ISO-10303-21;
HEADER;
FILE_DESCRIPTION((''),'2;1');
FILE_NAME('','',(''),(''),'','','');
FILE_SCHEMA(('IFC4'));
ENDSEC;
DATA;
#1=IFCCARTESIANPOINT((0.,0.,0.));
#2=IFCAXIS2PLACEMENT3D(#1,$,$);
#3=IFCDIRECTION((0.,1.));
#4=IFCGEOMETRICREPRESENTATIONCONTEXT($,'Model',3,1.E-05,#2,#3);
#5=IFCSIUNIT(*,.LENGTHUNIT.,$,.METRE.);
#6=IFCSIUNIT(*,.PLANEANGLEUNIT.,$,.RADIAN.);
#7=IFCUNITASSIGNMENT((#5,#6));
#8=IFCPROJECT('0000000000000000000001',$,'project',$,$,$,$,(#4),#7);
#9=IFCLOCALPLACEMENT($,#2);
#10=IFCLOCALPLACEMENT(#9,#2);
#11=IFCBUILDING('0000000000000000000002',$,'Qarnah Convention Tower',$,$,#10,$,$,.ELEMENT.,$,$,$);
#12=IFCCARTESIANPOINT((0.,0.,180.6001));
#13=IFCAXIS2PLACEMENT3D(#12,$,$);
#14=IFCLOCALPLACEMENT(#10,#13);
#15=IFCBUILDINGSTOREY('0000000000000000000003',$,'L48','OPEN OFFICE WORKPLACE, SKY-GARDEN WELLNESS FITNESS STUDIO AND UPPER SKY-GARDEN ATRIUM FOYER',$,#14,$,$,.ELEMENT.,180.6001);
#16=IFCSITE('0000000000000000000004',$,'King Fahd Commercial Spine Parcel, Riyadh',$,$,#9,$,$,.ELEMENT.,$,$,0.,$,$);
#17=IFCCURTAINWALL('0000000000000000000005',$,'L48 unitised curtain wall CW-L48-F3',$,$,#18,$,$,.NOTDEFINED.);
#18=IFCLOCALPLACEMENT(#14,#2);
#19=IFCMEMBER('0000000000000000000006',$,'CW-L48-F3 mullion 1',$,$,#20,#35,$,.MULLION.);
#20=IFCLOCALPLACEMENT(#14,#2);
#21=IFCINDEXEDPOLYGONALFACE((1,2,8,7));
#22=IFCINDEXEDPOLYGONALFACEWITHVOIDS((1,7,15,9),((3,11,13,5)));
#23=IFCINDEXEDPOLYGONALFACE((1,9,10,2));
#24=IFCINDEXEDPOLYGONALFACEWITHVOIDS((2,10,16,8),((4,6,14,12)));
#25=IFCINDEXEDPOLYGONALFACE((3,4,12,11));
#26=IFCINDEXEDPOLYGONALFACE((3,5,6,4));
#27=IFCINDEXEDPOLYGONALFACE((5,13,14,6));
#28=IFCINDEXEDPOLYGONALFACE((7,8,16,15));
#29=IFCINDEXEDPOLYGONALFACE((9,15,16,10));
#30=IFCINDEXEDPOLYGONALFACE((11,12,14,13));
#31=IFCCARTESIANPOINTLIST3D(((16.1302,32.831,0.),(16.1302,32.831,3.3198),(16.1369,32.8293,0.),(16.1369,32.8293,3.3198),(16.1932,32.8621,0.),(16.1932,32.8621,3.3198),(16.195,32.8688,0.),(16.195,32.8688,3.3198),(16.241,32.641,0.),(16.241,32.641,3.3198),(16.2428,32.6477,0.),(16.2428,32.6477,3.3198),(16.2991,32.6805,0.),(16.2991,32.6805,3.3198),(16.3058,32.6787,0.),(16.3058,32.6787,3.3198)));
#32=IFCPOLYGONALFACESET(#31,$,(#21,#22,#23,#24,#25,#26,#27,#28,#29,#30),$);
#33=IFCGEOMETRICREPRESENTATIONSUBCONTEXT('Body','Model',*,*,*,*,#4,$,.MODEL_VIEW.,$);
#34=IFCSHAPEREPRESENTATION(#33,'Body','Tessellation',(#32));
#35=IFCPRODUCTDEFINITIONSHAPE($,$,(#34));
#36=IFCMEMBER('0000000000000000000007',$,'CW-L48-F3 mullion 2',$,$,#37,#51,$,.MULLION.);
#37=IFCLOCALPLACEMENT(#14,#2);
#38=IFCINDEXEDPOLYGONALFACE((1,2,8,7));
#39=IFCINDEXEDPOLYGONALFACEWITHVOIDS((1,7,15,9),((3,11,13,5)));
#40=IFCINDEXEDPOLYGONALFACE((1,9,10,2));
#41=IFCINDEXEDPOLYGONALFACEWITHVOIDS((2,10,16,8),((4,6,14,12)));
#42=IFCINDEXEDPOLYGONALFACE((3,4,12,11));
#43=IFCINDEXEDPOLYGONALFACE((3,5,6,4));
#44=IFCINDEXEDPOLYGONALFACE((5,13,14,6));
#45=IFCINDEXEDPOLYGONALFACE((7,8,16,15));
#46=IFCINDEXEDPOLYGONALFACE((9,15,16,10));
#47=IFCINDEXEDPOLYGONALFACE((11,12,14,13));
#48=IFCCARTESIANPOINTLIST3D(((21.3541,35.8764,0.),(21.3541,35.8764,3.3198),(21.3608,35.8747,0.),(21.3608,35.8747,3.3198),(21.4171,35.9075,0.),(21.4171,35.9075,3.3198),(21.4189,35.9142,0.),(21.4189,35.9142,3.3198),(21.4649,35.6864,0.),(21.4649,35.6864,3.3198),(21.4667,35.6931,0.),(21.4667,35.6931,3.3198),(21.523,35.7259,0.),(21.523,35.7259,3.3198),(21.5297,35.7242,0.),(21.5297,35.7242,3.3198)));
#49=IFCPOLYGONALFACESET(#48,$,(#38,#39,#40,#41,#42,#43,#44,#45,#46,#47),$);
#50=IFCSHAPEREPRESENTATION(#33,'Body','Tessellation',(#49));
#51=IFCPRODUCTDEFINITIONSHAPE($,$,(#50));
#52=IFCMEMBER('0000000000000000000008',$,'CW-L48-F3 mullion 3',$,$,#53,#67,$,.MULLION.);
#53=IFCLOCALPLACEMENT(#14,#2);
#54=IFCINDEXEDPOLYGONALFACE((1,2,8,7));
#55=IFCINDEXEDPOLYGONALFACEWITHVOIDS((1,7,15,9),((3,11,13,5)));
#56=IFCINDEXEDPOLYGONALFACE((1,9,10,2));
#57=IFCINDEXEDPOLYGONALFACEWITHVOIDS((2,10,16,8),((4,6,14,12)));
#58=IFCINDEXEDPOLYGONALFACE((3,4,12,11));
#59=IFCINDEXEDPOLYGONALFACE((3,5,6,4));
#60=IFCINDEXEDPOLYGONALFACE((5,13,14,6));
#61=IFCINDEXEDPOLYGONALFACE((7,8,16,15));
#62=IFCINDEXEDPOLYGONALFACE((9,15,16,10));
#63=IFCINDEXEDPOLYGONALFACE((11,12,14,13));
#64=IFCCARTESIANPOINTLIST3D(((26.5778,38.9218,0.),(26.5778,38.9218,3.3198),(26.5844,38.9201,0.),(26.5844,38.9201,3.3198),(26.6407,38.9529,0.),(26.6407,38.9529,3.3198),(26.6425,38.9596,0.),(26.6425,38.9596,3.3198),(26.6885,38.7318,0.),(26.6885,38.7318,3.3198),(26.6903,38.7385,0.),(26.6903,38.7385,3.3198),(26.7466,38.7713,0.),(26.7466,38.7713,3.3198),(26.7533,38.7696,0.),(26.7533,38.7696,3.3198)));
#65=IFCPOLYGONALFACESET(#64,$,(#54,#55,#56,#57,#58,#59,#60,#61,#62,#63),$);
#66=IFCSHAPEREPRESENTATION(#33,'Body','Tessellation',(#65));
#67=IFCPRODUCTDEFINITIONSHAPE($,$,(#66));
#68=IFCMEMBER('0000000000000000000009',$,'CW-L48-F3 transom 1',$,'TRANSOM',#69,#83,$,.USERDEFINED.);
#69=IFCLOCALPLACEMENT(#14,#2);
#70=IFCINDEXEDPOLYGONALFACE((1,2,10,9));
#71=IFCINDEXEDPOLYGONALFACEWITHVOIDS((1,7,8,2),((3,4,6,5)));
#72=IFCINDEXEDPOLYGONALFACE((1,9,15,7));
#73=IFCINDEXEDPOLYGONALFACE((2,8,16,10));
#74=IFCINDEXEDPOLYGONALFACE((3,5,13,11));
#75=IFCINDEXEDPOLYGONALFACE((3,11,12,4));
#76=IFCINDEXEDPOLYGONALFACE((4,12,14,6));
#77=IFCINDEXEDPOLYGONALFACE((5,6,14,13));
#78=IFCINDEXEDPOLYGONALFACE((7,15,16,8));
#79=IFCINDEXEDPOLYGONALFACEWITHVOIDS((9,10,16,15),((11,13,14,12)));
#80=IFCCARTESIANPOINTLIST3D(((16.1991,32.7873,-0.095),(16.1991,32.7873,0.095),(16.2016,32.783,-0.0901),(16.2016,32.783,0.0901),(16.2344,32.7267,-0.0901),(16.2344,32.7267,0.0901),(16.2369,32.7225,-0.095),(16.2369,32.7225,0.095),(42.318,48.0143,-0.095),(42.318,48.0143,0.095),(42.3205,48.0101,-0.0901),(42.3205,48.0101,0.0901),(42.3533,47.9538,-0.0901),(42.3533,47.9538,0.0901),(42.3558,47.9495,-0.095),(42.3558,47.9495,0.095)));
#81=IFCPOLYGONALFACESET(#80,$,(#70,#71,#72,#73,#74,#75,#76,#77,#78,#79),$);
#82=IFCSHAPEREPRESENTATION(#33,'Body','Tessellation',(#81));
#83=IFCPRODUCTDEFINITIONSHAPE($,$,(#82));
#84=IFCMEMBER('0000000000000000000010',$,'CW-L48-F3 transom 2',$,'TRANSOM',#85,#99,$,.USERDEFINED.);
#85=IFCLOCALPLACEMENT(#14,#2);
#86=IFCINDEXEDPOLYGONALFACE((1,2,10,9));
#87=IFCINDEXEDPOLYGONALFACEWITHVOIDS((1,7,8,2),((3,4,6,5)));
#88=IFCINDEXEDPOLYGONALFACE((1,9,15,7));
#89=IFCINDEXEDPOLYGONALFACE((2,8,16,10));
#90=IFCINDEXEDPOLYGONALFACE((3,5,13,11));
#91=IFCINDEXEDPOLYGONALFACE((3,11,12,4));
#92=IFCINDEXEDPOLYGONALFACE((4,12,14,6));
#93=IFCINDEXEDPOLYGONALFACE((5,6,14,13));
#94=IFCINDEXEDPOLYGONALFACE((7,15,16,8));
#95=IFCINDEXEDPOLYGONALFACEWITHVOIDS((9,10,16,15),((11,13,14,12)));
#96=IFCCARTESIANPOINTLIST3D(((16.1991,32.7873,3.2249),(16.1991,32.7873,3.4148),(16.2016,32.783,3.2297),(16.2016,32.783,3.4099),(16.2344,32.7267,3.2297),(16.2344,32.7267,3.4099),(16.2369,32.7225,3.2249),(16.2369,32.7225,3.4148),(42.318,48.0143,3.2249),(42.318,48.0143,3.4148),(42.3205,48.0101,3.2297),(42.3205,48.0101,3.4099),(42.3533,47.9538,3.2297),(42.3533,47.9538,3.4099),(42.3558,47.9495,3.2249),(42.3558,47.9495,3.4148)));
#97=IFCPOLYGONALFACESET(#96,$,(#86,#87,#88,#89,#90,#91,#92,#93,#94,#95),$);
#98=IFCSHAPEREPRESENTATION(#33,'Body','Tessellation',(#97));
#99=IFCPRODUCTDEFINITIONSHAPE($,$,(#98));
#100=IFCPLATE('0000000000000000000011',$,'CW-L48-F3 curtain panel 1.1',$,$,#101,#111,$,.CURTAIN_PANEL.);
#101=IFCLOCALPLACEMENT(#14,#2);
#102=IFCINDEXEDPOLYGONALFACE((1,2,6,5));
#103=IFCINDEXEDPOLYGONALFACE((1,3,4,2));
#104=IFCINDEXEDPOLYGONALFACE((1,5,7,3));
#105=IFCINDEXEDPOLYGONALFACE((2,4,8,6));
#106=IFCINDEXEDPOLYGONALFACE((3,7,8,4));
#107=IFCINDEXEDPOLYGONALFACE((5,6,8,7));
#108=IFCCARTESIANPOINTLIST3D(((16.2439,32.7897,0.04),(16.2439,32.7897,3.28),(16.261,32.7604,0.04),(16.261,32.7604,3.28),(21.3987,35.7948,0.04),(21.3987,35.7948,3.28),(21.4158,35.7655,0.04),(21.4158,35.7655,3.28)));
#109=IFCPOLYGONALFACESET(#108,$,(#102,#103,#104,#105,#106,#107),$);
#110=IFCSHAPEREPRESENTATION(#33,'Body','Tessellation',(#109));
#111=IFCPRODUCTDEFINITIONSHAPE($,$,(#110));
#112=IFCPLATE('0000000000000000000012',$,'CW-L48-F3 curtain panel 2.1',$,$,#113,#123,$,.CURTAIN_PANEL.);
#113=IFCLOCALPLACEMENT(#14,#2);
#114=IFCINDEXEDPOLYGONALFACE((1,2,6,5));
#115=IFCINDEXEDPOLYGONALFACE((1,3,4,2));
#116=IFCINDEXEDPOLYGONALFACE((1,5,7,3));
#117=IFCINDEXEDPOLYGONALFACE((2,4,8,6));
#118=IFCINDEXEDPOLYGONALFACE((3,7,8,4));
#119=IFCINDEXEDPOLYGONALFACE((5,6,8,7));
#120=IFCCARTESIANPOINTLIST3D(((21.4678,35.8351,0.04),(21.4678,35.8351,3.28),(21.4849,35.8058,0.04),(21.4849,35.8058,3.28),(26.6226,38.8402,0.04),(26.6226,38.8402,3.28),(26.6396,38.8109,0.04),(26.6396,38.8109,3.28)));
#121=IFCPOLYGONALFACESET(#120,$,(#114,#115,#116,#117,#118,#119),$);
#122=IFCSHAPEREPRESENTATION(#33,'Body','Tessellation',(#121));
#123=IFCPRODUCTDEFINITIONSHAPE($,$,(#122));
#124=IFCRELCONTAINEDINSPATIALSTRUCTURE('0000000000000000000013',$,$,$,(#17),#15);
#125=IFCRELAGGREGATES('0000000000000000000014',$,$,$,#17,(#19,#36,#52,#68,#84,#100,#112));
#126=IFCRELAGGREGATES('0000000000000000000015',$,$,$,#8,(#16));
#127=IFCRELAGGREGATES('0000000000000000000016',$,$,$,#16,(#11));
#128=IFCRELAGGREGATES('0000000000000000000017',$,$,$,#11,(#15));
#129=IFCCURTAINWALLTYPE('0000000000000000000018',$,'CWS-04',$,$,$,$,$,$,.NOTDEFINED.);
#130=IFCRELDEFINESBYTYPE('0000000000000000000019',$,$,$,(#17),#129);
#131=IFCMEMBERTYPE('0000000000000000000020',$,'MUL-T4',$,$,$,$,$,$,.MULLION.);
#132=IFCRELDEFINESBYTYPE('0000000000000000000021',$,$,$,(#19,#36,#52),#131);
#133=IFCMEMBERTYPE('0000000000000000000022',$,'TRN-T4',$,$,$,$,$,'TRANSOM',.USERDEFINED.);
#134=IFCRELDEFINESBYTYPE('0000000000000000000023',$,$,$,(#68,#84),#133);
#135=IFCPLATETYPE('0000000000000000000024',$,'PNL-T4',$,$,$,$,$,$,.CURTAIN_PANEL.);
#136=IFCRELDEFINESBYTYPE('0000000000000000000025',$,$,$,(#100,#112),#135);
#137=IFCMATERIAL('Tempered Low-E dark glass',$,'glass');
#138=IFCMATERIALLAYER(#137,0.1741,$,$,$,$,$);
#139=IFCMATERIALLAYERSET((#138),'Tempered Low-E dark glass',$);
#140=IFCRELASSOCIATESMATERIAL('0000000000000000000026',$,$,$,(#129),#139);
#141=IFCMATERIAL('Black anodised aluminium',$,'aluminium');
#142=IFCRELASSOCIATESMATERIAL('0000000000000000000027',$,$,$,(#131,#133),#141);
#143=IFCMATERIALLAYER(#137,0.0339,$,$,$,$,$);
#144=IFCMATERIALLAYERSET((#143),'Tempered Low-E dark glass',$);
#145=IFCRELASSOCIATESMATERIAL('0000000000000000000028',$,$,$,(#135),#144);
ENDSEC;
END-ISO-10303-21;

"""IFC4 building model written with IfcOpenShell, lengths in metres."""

from ifc_helpers import new_model, si_unit, direction, frame, origin, origin_2d, place, context, subcontext, project, spatial, rectangle, hollow_rectangle, extrude, material, layer, layer_set, material_profile, profile_set, type_object, element, aggregate, save


model = new_model("IFC4")

# Units and contexts
model_context = context("Model", 3, precision=1e-05, world=origin(), true_north=direction((0.0, 1.0)))
body_context = subcontext(model_context, "Body", "Model", "MODEL_VIEW")
ifc_project = project(units=[si_unit("LENGTHUNIT", "METRE"), si_unit("PLANEANGLEUNIT", "RADIAN")], contexts=[model_context])

# Site, building, storey
site_placement = place(None, origin())
site = spatial("IfcSite", under=ifc_project, at=site_placement, Name="King Fahd Commercial Spine Parcel, Riyadh", CompositionType="ELEMENT", RefElevation=0.0)
building_placement = place(site_placement, origin())
building = spatial("IfcBuilding", under=site, at=building_placement, Name="Qarnah Convention Tower", CompositionType="ELEMENT")
storey_placement = place(building_placement, frame((0.0, 0.0, 180.6001)))
storey = spatial("IfcBuildingStorey", under=building, at=storey_placement, Name="L48", Description="OPEN OFFICE WORKPLACE, SKY-GARDEN WELLNESS FITNESS STUDIO AND UPPER SKY-GARDEN ATRIUM FOYER", CompositionType="ELEMENT", Elevation=180.6001)

# Curtain wall, members, plates
ifc_material_1 = material(Name="Tempered Low-E dark glass", Category="glass")
ifc_layer_1 = layer(ifc_material_1, 0.1741)
ifc_layer_set_1 = layer_set([ifc_layer_1], Name="Tempered Low-E dark glass")
curtain_wall_type = type_object("IfcCurtainWallType", Name="CWS-04", PredefinedType="NOTDEFINED", material=ifc_layer_set_1)
curtain_wall_placement = place(storey_placement, origin())
curtain_wall = element("IfcCurtainWall", 1, at=curtain_wall_placement, inside=storey, type_object=curtain_wall_type, Name="L48 unitised curtain wall CW-L48-F3", PredefinedType="NOTDEFINED")
ifc_material_2 = material(Name="Black anodised aluminium", Category="aluminium")
ifc_material_profile_1 = material_profile(ifc_material_2, hollow_rectangle(XDim=0.075, YDim=0.22, WallThickness=0.0049, at=origin_2d()), Name="MUL-75X220")
ifc_profile_set_1 = profile_set([ifc_material_profile_1], Name="Black anodised aluminium")
member_type_1 = type_object("IfcMemberType", Name="MUL-T4", PredefinedType="MULLION", material=ifc_profile_set_1)
member_1_placement = place(storey_placement, frame((16.218, 32.7549, 0.0), z_axis=(0.0, 0.0, 1.0), x_axis=(0.86391, 0.503647, 0.0)))
member_1 = element("IfcMember", 2, at=member_1_placement, type_object=member_type_1, Name="CW-L48-F3 mullion 1", PredefinedType="MULLION", context=body_context, shape_type="SweptSolid", body=[
    extrude(hollow_rectangle(XDim=0.075, YDim=0.22, WallThickness=0.0049, at=origin_2d()), origin(), (0.0, 0.0, 1.0), 3.3198),
])
member_2_placement = place(storey_placement, frame((21.4419, 35.8003, 0.0), z_axis=(0.0, 0.0, 1.0), x_axis=(0.86391, 0.503647, 0.0)))
member_2 = element("IfcMember", 3, at=member_2_placement, type_object=member_type_1, Name="CW-L48-F3 mullion 2", PredefinedType="MULLION", context=body_context, shape_type="SweptSolid", body=[
    extrude(hollow_rectangle(XDim=0.075, YDim=0.22, WallThickness=0.0049, at=origin_2d()), origin(), (0.0, 0.0, 1.0), 3.3198),
])
member_3_placement = place(storey_placement, frame((26.6655, 38.8457, 0.0), z_axis=(0.0, 0.0, 1.0), x_axis=(0.86391, 0.503647, 0.0)))
member_3 = element("IfcMember", 4, at=member_3_placement, type_object=member_type_1, Name="CW-L48-F3 mullion 3", PredefinedType="MULLION", context=body_context, shape_type="SweptSolid", body=[
    extrude(hollow_rectangle(XDim=0.075, YDim=0.22, WallThickness=0.0049, at=origin_2d()), origin(), (0.0, 0.0, 1.0), 3.3198),
])
ifc_material_profile_2 = material_profile(ifc_material_2, hollow_rectangle(XDim=0.075, YDim=0.1899, WallThickness=0.0049, at=origin_2d()), Name="TRN-75X190")
ifc_profile_set_2 = profile_set([ifc_material_profile_2], Name="Black anodised aluminium")
member_type_2 = type_object("IfcMemberType", Name="TRN-T4", ElementType="TRANSOM", PredefinedType="USERDEFINED", material=ifc_profile_set_2)
member_4_placement = place(storey_placement, frame((16.218, 32.7549, 0.0), z_axis=(0.863908, 0.50365, 0.0), x_axis=(-0.50365, 0.863908, 0.0)))
member_4 = element("IfcMember", 5, at=member_4_placement, type_object=member_type_2, Name="CW-L48-F3 transom 1", ObjectType="TRANSOM", PredefinedType="USERDEFINED", context=body_context, shape_type="SweptSolid", body=[
    extrude(hollow_rectangle(XDim=0.075, YDim=0.1899, WallThickness=0.0049, at=origin_2d()), origin(), (0.0, 0.0, 1.0), 30.2334),
])
member_5_placement = place(storey_placement, frame((16.218, 32.7549, 3.3198), z_axis=(0.863908, 0.50365, 0.0), x_axis=(-0.50365, 0.863908, 0.0)))
member_5 = element("IfcMember", 6, at=member_5_placement, type_object=member_type_2, Name="CW-L48-F3 transom 2", ObjectType="TRANSOM", PredefinedType="USERDEFINED", context=body_context, shape_type="SweptSolid", body=[
    extrude(hollow_rectangle(XDim=0.075, YDim=0.1899, WallThickness=0.0049, at=origin_2d()), origin(), (0.0, 0.0, 1.0), 30.2334),
])
ifc_layer_2 = layer(ifc_material_1, 0.0339)
ifc_layer_set_2 = layer_set([ifc_layer_2], Name="Tempered Low-E dark glass")
plate_type = type_object("IfcPlateType", Name="PNL-T4", PredefinedType="CURTAIN_PANEL", material=ifc_layer_set_2)
plate_1_placement = place(storey_placement, frame((18.8298, 34.2776, 0.04), z_axis=(0.0, 0.0, 1.0), x_axis=(0.86391, 0.503647, 0.0)))
plate_1 = element("IfcPlate", 7, at=plate_1_placement, type_object=plate_type, Name="CW-L48-F3 curtain panel 1.1", PredefinedType="CURTAIN_PANEL", context=body_context, shape_type="SweptSolid", body=[
    extrude(rectangle(XDim=5.9668, YDim=0.0339, at=origin_2d()), origin(), (0.0, 0.0, 1.0), 3.24),
])
plate_2_placement = place(storey_placement, frame((24.0537, 37.323, 0.04), z_axis=(0.0, 0.0, 1.0), x_axis=(0.86391, 0.503647, 0.0)))
plate_2 = element("IfcPlate", 8, at=plate_2_placement, type_object=plate_type, Name="CW-L48-F3 curtain panel 2.1", PredefinedType="CURTAIN_PANEL", context=body_context, shape_type="SweptSolid", body=[
    extrude(rectangle(XDim=5.9668, YDim=0.0339, at=origin_2d()), origin(), (0.0, 0.0, 1.0), 3.24),
])
aggregate(curtain_wall, [member_1, member_2, member_3, member_4, member_5, plate_1, plate_2])

save(model, "model.ifc")
